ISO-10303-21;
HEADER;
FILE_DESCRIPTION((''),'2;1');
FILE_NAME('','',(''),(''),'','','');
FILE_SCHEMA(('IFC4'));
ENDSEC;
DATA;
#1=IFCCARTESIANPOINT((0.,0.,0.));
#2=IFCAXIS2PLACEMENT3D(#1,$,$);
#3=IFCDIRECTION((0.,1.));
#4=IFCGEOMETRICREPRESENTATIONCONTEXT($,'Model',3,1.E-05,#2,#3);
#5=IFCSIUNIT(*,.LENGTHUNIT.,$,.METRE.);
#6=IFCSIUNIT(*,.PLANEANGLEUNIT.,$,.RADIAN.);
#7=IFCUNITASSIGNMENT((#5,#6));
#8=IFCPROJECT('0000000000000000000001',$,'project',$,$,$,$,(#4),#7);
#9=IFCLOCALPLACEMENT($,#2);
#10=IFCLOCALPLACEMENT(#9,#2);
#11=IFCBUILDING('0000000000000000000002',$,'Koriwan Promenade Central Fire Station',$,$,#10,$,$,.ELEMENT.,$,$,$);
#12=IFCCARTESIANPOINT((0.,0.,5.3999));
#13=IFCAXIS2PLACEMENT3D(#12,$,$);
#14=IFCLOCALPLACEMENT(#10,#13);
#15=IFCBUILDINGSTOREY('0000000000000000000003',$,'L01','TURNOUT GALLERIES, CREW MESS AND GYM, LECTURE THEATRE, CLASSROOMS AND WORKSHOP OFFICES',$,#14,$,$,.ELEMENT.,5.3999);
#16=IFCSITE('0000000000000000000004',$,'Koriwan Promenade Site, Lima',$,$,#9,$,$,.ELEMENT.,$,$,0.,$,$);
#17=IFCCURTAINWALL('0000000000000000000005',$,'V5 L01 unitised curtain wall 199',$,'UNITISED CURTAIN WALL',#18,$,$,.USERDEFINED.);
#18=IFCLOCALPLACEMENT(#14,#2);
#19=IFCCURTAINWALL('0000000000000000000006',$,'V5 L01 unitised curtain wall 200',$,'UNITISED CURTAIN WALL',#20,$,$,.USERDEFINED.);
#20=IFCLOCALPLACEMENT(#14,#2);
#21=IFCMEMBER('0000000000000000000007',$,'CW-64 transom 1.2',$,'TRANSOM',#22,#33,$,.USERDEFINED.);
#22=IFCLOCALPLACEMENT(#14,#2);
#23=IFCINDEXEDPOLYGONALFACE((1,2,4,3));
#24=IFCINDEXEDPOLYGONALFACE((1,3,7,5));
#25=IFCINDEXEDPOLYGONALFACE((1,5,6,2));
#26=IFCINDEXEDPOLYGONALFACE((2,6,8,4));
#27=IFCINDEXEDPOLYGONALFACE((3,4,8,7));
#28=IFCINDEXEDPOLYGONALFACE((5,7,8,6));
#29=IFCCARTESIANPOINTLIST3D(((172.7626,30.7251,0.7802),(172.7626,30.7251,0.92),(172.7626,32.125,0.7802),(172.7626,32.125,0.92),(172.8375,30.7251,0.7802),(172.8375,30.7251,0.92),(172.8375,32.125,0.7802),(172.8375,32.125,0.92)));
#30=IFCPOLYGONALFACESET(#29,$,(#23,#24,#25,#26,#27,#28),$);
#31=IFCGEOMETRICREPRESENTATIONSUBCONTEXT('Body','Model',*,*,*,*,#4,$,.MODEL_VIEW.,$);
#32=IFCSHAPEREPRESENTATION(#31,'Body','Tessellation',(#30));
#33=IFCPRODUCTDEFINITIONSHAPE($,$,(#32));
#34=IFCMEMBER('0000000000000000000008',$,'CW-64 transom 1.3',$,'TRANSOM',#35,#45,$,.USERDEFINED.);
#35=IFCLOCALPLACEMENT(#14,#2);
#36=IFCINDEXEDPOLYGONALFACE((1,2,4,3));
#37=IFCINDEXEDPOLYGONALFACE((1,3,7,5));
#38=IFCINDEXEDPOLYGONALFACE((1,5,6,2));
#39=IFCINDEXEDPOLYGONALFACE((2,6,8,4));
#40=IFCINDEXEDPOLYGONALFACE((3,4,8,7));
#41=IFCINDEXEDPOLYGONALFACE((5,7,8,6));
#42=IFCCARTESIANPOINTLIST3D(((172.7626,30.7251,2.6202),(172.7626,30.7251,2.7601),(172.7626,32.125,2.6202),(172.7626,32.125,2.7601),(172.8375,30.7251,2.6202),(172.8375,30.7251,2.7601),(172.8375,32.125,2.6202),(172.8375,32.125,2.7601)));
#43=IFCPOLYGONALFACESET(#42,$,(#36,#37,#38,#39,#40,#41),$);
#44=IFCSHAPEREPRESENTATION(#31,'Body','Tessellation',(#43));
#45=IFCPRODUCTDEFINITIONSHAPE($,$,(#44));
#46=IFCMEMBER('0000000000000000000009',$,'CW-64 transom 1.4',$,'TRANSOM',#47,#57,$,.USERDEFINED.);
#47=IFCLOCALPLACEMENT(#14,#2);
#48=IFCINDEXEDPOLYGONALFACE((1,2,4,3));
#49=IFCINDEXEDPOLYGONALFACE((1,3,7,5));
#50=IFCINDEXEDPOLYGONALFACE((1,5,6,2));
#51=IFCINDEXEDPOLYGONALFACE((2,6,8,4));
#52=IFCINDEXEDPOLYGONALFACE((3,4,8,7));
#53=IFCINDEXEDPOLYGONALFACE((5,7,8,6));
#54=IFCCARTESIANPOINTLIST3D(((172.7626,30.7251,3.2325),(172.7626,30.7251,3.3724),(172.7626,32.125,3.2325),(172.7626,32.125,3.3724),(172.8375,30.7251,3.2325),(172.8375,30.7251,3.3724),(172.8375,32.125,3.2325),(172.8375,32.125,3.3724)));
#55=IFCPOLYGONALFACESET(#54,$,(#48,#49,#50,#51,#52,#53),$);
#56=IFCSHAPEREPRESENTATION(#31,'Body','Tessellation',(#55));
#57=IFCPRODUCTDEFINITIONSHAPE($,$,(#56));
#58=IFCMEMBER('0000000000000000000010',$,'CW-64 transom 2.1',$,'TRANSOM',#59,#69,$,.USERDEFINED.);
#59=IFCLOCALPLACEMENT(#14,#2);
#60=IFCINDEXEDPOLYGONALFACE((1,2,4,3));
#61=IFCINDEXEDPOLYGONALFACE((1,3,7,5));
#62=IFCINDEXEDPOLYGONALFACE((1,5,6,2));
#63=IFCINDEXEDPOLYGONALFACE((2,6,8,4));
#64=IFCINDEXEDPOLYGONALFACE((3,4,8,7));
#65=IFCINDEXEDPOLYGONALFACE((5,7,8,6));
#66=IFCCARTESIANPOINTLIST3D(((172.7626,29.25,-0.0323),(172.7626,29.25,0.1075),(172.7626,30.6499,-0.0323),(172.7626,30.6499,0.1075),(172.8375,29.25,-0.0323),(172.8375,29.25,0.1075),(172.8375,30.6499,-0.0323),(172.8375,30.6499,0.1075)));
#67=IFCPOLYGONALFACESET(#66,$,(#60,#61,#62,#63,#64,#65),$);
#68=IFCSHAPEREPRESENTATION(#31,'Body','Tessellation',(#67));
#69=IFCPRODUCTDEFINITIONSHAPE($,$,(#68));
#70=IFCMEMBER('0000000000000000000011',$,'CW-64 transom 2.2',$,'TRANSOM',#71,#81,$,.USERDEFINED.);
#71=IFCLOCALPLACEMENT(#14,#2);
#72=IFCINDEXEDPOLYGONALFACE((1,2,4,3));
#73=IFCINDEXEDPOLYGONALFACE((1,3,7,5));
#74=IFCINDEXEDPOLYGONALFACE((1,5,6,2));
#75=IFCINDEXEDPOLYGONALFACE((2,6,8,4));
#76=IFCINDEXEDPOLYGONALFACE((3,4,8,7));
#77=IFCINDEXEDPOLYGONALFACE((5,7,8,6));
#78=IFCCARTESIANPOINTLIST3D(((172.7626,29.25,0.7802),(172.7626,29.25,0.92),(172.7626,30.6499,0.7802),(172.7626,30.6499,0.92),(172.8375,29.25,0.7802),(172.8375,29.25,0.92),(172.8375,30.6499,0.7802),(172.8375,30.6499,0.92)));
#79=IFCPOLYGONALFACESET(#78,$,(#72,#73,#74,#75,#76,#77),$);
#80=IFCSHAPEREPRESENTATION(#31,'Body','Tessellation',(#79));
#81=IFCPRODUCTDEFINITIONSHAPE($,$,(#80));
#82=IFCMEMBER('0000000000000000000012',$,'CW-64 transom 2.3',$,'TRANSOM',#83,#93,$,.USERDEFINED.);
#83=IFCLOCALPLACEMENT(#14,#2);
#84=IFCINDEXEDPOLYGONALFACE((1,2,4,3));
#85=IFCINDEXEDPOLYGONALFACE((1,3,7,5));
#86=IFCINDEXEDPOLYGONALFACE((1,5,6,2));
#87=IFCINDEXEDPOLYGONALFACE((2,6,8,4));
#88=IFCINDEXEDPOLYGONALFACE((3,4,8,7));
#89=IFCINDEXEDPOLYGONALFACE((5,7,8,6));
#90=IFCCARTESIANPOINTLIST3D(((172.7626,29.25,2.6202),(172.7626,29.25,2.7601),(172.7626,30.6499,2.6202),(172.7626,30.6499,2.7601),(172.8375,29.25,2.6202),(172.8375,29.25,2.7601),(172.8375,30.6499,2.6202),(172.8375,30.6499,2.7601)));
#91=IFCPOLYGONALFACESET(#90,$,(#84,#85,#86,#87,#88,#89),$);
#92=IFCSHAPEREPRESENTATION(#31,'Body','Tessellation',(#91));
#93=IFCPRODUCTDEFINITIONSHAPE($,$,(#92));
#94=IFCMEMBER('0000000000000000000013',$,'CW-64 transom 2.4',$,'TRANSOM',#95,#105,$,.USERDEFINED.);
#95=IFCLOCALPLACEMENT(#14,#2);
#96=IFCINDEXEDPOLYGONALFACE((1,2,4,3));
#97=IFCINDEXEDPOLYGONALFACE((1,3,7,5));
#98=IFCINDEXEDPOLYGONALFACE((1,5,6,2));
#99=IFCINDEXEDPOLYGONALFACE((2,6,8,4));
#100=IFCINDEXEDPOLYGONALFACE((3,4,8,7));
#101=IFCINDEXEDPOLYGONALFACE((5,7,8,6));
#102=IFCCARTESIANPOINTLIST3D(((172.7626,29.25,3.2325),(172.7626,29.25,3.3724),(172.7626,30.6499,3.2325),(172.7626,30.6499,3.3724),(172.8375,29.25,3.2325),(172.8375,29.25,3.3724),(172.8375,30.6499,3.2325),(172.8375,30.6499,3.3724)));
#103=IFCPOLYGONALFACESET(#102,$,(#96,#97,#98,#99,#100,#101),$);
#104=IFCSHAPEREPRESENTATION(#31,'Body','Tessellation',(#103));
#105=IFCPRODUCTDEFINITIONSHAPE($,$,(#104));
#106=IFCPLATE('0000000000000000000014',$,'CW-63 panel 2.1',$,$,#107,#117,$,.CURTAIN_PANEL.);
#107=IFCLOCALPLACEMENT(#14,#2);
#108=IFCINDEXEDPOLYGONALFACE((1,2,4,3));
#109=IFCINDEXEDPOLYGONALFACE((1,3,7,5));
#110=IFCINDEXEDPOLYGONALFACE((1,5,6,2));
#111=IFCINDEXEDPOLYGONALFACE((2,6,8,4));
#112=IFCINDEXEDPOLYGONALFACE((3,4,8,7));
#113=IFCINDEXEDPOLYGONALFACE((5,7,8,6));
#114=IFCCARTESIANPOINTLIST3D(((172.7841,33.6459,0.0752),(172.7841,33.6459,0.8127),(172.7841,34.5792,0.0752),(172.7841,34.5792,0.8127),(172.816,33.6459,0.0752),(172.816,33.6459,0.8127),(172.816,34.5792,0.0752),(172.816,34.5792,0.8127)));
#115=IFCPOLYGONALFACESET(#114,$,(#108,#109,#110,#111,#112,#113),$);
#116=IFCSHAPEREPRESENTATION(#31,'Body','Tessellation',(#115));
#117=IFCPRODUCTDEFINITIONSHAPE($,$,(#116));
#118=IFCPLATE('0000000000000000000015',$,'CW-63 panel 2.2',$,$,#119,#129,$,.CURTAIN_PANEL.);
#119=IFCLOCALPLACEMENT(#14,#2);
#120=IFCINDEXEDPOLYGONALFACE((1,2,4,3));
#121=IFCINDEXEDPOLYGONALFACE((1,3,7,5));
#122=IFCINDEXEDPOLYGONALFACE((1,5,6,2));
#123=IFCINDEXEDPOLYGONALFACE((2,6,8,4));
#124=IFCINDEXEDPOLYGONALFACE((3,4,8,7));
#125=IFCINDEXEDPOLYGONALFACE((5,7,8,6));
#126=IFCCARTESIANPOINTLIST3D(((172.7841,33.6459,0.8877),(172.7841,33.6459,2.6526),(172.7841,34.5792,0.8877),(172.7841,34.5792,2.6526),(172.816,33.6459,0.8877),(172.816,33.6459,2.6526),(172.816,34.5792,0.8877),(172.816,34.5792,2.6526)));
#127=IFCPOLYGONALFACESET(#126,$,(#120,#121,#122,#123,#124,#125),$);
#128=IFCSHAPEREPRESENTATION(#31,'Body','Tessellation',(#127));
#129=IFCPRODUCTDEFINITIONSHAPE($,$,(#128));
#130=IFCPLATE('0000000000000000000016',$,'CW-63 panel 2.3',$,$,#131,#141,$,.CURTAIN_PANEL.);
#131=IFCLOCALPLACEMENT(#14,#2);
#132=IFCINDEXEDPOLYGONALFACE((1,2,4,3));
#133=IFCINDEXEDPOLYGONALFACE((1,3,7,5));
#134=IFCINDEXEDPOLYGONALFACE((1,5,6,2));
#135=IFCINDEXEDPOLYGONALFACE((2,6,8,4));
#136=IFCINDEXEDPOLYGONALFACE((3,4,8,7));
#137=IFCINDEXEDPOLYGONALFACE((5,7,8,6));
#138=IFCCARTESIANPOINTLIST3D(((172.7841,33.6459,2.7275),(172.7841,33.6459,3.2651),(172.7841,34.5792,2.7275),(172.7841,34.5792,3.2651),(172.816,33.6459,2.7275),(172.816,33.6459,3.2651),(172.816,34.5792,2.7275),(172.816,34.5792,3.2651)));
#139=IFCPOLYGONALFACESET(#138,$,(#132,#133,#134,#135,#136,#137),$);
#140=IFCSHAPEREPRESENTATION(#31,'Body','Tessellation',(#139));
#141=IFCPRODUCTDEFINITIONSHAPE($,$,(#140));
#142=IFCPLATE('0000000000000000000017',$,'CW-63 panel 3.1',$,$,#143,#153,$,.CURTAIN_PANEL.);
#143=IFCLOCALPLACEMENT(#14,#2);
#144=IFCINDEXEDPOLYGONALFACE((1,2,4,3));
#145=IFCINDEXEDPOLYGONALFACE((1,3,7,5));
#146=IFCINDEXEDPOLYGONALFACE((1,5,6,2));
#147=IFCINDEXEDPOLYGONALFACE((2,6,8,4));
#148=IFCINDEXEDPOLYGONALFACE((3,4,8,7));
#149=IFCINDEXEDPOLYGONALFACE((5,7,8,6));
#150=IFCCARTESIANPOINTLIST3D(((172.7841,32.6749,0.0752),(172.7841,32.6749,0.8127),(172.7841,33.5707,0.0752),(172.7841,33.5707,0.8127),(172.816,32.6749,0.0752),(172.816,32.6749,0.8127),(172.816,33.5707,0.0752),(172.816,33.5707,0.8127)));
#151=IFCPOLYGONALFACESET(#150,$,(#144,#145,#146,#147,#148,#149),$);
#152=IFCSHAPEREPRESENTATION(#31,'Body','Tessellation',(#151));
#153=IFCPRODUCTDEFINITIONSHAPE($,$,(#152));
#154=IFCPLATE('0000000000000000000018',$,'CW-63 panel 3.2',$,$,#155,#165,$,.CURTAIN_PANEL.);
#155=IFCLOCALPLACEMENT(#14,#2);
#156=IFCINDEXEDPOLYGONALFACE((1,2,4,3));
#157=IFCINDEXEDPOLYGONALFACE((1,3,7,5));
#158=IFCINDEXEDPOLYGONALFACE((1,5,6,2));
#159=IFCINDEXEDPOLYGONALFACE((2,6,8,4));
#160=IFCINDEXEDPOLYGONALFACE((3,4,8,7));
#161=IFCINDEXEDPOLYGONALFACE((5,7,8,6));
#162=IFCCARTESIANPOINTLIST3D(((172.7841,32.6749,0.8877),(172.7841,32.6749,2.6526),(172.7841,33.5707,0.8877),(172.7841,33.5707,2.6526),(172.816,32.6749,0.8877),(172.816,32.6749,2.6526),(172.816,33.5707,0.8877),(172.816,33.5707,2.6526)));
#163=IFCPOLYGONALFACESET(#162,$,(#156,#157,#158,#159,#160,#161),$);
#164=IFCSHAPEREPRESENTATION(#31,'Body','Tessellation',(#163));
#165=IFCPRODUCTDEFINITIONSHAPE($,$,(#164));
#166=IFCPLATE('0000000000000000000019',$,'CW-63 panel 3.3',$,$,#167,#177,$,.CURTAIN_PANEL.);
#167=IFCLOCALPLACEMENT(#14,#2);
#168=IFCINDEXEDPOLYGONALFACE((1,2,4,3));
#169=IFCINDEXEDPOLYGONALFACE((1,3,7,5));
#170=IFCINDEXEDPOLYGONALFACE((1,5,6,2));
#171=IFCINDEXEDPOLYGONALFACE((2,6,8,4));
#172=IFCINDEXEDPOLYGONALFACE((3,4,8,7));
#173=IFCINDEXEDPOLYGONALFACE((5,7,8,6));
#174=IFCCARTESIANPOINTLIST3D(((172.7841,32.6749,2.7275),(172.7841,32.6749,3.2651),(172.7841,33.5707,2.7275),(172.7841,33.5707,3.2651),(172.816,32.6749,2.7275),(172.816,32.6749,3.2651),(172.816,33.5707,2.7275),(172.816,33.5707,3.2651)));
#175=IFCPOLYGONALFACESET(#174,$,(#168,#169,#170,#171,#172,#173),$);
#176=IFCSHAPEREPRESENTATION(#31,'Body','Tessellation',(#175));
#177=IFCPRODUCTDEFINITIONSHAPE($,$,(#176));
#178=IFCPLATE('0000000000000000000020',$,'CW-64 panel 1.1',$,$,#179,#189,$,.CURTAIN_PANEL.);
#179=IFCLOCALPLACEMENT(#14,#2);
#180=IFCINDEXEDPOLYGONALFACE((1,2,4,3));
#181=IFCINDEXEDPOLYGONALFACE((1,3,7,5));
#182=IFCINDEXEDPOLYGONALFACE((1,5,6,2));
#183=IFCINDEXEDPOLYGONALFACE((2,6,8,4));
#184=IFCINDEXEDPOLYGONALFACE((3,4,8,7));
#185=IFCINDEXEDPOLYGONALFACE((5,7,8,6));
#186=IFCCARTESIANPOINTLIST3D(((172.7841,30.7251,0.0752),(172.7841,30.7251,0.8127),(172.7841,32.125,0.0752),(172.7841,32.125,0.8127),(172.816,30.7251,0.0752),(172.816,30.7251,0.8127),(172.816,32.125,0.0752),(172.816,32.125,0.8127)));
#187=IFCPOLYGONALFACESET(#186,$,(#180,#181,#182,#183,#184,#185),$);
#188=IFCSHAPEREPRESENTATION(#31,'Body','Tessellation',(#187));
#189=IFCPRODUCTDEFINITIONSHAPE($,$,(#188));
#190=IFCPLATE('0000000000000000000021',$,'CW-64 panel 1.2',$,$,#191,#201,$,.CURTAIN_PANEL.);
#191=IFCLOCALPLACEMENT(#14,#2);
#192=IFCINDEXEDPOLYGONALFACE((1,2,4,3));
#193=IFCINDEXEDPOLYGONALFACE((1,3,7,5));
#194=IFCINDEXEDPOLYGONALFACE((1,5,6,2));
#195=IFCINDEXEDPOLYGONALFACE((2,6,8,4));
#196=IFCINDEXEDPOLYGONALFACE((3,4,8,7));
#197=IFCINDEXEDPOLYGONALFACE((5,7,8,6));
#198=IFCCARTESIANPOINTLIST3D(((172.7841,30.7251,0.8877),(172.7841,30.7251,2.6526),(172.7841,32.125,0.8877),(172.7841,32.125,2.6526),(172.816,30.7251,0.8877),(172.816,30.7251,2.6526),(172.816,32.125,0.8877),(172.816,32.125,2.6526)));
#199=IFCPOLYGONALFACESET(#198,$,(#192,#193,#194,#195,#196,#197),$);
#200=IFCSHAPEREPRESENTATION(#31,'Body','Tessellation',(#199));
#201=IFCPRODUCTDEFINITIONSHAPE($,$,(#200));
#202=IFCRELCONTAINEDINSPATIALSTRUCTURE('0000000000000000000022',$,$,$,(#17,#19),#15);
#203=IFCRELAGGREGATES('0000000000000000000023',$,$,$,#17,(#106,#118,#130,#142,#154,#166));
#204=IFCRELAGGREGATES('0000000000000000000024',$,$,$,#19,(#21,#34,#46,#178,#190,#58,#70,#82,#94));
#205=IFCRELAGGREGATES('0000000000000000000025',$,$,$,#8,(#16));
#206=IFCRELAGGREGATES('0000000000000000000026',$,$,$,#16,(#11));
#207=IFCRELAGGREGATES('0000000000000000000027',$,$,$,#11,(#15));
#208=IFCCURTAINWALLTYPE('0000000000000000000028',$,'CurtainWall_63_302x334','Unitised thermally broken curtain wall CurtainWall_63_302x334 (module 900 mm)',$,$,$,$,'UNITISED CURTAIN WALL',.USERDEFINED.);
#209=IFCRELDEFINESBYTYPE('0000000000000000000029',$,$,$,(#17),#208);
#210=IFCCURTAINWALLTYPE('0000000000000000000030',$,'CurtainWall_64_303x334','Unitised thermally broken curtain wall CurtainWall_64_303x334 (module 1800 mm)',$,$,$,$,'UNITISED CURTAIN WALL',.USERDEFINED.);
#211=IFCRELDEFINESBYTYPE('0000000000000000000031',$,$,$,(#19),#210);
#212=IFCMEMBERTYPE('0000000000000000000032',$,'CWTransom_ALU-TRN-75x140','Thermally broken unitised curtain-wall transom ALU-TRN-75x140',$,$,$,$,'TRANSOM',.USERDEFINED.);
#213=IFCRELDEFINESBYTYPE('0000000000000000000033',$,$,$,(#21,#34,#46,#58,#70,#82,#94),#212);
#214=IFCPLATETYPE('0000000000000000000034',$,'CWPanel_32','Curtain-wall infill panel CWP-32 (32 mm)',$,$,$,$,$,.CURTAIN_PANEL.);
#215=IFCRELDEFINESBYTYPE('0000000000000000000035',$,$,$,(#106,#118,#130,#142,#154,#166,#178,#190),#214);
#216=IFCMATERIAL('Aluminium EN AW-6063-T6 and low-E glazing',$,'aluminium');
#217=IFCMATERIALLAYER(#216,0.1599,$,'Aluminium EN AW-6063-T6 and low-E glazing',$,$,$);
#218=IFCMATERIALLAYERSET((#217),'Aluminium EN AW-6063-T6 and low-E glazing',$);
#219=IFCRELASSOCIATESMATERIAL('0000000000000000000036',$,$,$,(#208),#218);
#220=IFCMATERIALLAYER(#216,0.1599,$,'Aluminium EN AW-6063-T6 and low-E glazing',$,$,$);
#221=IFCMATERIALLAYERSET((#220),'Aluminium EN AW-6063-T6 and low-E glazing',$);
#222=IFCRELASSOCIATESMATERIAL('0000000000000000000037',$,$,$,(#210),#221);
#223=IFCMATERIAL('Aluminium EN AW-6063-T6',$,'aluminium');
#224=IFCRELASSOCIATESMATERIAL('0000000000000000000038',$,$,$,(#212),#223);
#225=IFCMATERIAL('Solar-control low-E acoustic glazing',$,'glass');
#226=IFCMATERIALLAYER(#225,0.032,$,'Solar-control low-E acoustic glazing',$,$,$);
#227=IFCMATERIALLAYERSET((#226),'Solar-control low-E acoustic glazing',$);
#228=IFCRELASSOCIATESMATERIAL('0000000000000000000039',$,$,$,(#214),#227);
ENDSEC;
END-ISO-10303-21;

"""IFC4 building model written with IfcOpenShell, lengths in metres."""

from ifc_helpers import new_model, si_unit, direction, frame, origin, origin_2d, place, context, subcontext, project, spatial, rectangle, extrude, material, layer, layer_set, material_profile, profile_set, type_object, element, aggregate, save


model = new_model("IFC4")

# Units and contexts
model_context = context("Model", 3, precision=1e-05, world=origin(), true_north=direction((0.0, 1.0)))
body_context = subcontext(model_context, "Body", "Model", "MODEL_VIEW")
ifc_project = project(units=[si_unit("LENGTHUNIT", "METRE"), si_unit("PLANEANGLEUNIT", "RADIAN")], contexts=[model_context])

# Site, building, storey
site_placement = place(None, origin())
site = spatial("IfcSite", under=ifc_project, at=site_placement, Name="Koriwan Promenade Site, Lima", CompositionType="ELEMENT", RefElevation=0.0)
building_placement = place(site_placement, origin())
building = spatial("IfcBuilding", under=site, at=building_placement, Name="Koriwan Promenade Central Fire Station", CompositionType="ELEMENT")
storey_placement = place(building_placement, frame((0.0, 0.0, 5.3999)))
storey = spatial("IfcBuildingStorey", under=building, at=storey_placement, Name="L01", Description="TURNOUT GALLERIES, CREW MESS AND GYM, LECTURE THEATRE, CLASSROOMS AND WORKSHOP OFFICES", CompositionType="ELEMENT", Elevation=5.3999)

# Curtain walls
ifc_material_1 = material(Name="Aluminium EN AW-6063-T6 and low-E glazing", Category="aluminium")
ifc_layer_1 = layer(ifc_material_1, 0.1599, Name="Aluminium EN AW-6063-T6 and low-E glazing")
ifc_layer_set_1 = layer_set([ifc_layer_1], Name="Aluminium EN AW-6063-T6 and low-E glazing")
curtain_wall_type_1 = type_object("IfcCurtainWallType", Name="CurtainWall_63_302x334", Description="Unitised thermally broken curtain wall CurtainWall_63_302x334 (module 900 mm)", ElementType="UNITISED CURTAIN WALL", PredefinedType="USERDEFINED", material=ifc_layer_set_1)
curtain_wall_1_placement = place(storey_placement, origin())
curtain_wall_1 = element("IfcCurtainWall", 1, at=curtain_wall_1_placement, inside=storey, type_object=curtain_wall_type_1, Name="V5 L01 unitised curtain wall 199", ObjectType="UNITISED CURTAIN WALL", PredefinedType="USERDEFINED")
ifc_material_2 = material(Name="Aluminium EN AW-6063-T6", Category="aluminium")
ifc_layer_2 = layer(ifc_material_1, 0.1599, Name="Aluminium EN AW-6063-T6 and low-E glazing")
ifc_layer_set_2 = layer_set([ifc_layer_2], Name="Aluminium EN AW-6063-T6 and low-E glazing")
curtain_wall_type_2 = type_object("IfcCurtainWallType", Name="CurtainWall_64_303x334", Description="Unitised thermally broken curtain wall CurtainWall_64_303x334 (module 1800 mm)", ElementType="UNITISED CURTAIN WALL", PredefinedType="USERDEFINED", material=ifc_layer_set_2)
curtain_wall_2_placement = place(storey_placement, origin())
curtain_wall_2 = element("IfcCurtainWall", 2, at=curtain_wall_2_placement, inside=storey, type_object=curtain_wall_type_2, Name="V5 L01 unitised curtain wall 200", ObjectType="UNITISED CURTAIN WALL", PredefinedType="USERDEFINED")

# Members
ifc_material_profile_1 = material_profile(ifc_material_2, rectangle(XDim=0.075, YDim=0.1399, at=origin_2d()), Name="ALU-TRN-75x140")
ifc_profile_set_1 = profile_set([ifc_material_profile_1], Name="Aluminium EN AW-6063-T6")
member_type_1 = type_object("IfcMemberType", Name="CWTransom_ALU-TRN-75x140", Description="Thermally broken unitised curtain-wall transom ALU-TRN-75x140", ElementType="TRANSOM", PredefinedType="USERDEFINED", material=ifc_profile_set_1)
member_1_placement = place(storey_placement, frame((172.8, 32.125, 0.8501), z_axis=(0.0, -1.0, 0.0), x_axis=(1.0, 0.0, 0.0)))
member_1 = element("IfcMember", 3, at=member_1_placement, type_object=member_type_1, Name="CW-64 transom 1.2", ObjectType="TRANSOM", PredefinedType="USERDEFINED", context=body_context, shape_type="SweptSolid", body=[
    extrude(rectangle(XDim=0.075, YDim=0.1399, at=origin_2d()), origin(), (0.0, 0.0, 1.0), 1.3999),
])
member_2_placement = place(storey_placement, frame((172.8, 32.125, 2.6902), z_axis=(0.0, -1.0, 0.0), x_axis=(1.0, 0.0, 0.0)))
member_2 = element("IfcMember", 4, at=member_2_placement, type_object=member_type_1, Name="CW-64 transom 1.3", ObjectType="TRANSOM", PredefinedType="USERDEFINED", context=body_context, shape_type="SweptSolid", body=[
    extrude(rectangle(XDim=0.075, YDim=0.1399, at=origin_2d()), origin(), (0.0, 0.0, 1.0), 1.3999),
])
member_3_placement = place(storey_placement, frame((172.8, 32.125, 3.3025), z_axis=(0.0, -1.0, 0.0), x_axis=(1.0, 0.0, 0.0)))
member_3 = element("IfcMember", 5, at=member_3_placement, type_object=member_type_1, Name="CW-64 transom 1.4", ObjectType="TRANSOM", PredefinedType="USERDEFINED", context=body_context, shape_type="SweptSolid", body=[
    extrude(rectangle(XDim=0.075, YDim=0.1399, at=origin_2d()), origin(), (0.0, 0.0, 1.0), 1.3999),
])
member_4_placement = place(storey_placement, frame((172.8, 30.6499, 0.0376), z_axis=(0.0, -1.0, 0.0), x_axis=(1.0, 0.0, 0.0)))
member_4 = element("IfcMember", 6, at=member_4_placement, type_object=member_type_1, Name="CW-64 transom 2.1", ObjectType="TRANSOM", PredefinedType="USERDEFINED", context=body_context, shape_type="SweptSolid", body=[
    extrude(rectangle(XDim=0.075, YDim=0.1399, at=origin_2d()), origin(), (0.0, 0.0, 1.0), 1.3999),
])
member_5_placement = place(storey_placement, frame((172.8, 30.6499, 0.8501), z_axis=(0.0, -1.0, 0.0), x_axis=(1.0, 0.0, 0.0)))
member_5 = element("IfcMember", 7, at=member_5_placement, type_object=member_type_1, Name="CW-64 transom 2.2", ObjectType="TRANSOM", PredefinedType="USERDEFINED", context=body_context, shape_type="SweptSolid", body=[
    extrude(rectangle(XDim=0.075, YDim=0.1399, at=origin_2d()), origin(), (0.0, 0.0, 1.0), 1.3999),
])
member_6_placement = place(storey_placement, frame((172.8, 30.6499, 2.6902), z_axis=(0.0, -1.0, 0.0), x_axis=(1.0, 0.0, 0.0)))
member_6 = element("IfcMember", 8, at=member_6_placement, type_object=member_type_1, Name="CW-64 transom 2.3", ObjectType="TRANSOM", PredefinedType="USERDEFINED", context=body_context, shape_type="SweptSolid", body=[
    extrude(rectangle(XDim=0.075, YDim=0.1399, at=origin_2d()), origin(), (0.0, 0.0, 1.0), 1.3999),
])
member_7_placement = place(storey_placement, frame((172.8, 30.6499, 3.3025), z_axis=(0.0, -1.0, 0.0), x_axis=(1.0, 0.0, 0.0)))
member_7 = element("IfcMember", 9, at=member_7_placement, type_object=member_type_1, Name="CW-64 transom 2.4", ObjectType="TRANSOM", PredefinedType="USERDEFINED", context=body_context, shape_type="SweptSolid", body=[
    extrude(rectangle(XDim=0.075, YDim=0.1399, at=origin_2d()), origin(), (0.0, 0.0, 1.0), 1.3999),
])

# Plates
ifc_material_3 = material(Name="Solar-control low-E acoustic glazing", Category="glass")
ifc_layer_3 = layer(ifc_material_3, 0.032, Name="Solar-control low-E acoustic glazing")
ifc_layer_set_3 = layer_set([ifc_layer_3], Name="Solar-control low-E acoustic glazing")
plate_type = type_object("IfcPlateType", Name="CWPanel_32", Description="Curtain-wall infill panel CWP-32 (32 mm)", PredefinedType="CURTAIN_PANEL", material=ifc_layer_set_3)
plate_1_placement = place(storey_placement, frame((172.8, 34.1125, 0.0752), z_axis=(0.0, 0.0, 1.0), x_axis=(0.0, -1.0, 0.0)))
plate_1 = element("IfcPlate", 10, at=plate_1_placement, type_object=plate_type, Name="CW-63 panel 2.1", PredefinedType="CURTAIN_PANEL", context=body_context, shape_type="SweptSolid", body=[
    extrude(rectangle(XDim=0.9333, YDim=0.032, at=origin_2d()), origin(), (0.0, 0.0, 1.0), 0.7375),
])
plate_2_placement = place(storey_placement, frame((172.8, 34.1125, 0.8877), z_axis=(0.0, 0.0, 1.0), x_axis=(0.0, -1.0, 0.0)))
plate_2 = element("IfcPlate", 11, at=plate_2_placement, type_object=plate_type, Name="CW-63 panel 2.2", PredefinedType="CURTAIN_PANEL", context=body_context, shape_type="SweptSolid", body=[
    extrude(rectangle(XDim=0.9333, YDim=0.032, at=origin_2d()), origin(), (0.0, 0.0, 1.0), 1.7649),
])
plate_3_placement = place(storey_placement, frame((172.8, 34.1125, 2.7275), z_axis=(0.0, 0.0, 1.0), x_axis=(0.0, -1.0, 0.0)))
plate_3 = element("IfcPlate", 12, at=plate_3_placement, type_object=plate_type, Name="CW-63 panel 2.3", PredefinedType="CURTAIN_PANEL", context=body_context, shape_type="SweptSolid", body=[
    extrude(rectangle(XDim=0.9333, YDim=0.032, at=origin_2d()), origin(), (0.0, 0.0, 1.0), 0.5376),
])
plate_4_placement = place(storey_placement, frame((172.8, 33.1228, 0.0752), z_axis=(0.0, 0.0, 1.0), x_axis=(0.0, -1.0, 0.0)))
plate_4 = element("IfcPlate", 13, at=plate_4_placement, type_object=plate_type, Name="CW-63 panel 3.1", PredefinedType="CURTAIN_PANEL", context=body_context, shape_type="SweptSolid", body=[
    extrude(rectangle(XDim=0.8958, YDim=0.032, at=origin_2d()), origin(), (0.0, 0.0, 1.0), 0.7375),
])
plate_5_placement = place(storey_placement, frame((172.8, 33.1228, 0.8877), z_axis=(0.0, 0.0, 1.0), x_axis=(0.0, -1.0, 0.0)))
plate_5 = element("IfcPlate", 14, at=plate_5_placement, type_object=plate_type, Name="CW-63 panel 3.2", PredefinedType="CURTAIN_PANEL", context=body_context, shape_type="SweptSolid", body=[
    extrude(rectangle(XDim=0.8958, YDim=0.032, at=origin_2d()), origin(), (0.0, 0.0, 1.0), 1.7649),
])
plate_6_placement = place(storey_placement, frame((172.8, 33.1228, 2.7275), z_axis=(0.0, 0.0, 1.0), x_axis=(0.0, -1.0, 0.0)))
plate_6 = element("IfcPlate", 15, at=plate_6_placement, type_object=plate_type, Name="CW-63 panel 3.3", PredefinedType="CURTAIN_PANEL", context=body_context, shape_type="SweptSolid", body=[
    extrude(rectangle(XDim=0.8958, YDim=0.032, at=origin_2d()), origin(), (0.0, 0.0, 1.0), 0.5376),
])
aggregate(curtain_wall_1, [plate_1, plate_2, plate_3, plate_4, plate_5, plate_6])
plate_7_placement = place(storey_placement, frame((172.8, 31.425, 0.0752), z_axis=(0.0, 0.0, 1.0), x_axis=(0.0, -1.0, 0.0)))
plate_7 = element("IfcPlate", 16, at=plate_7_placement, type_object=plate_type, Name="CW-64 panel 1.1", PredefinedType="CURTAIN_PANEL", context=body_context, shape_type="SweptSolid", body=[
    extrude(rectangle(XDim=1.3999, YDim=0.032, at=origin_2d()), origin(), (0.0, 0.0, 1.0), 0.7375),
])
plate_8_placement = place(storey_placement, frame((172.8, 31.425, 0.8877), z_axis=(0.0, 0.0, 1.0), x_axis=(0.0, -1.0, 0.0)))
plate_8 = element("IfcPlate", 17, at=plate_8_placement, type_object=plate_type, Name="CW-64 panel 1.2", PredefinedType="CURTAIN_PANEL", context=body_context, shape_type="SweptSolid", body=[
    extrude(rectangle(XDim=1.3999, YDim=0.032, at=origin_2d()), origin(), (0.0, 0.0, 1.0), 1.7649),
])
aggregate(curtain_wall_2, [member_1, member_2, member_3, plate_7, plate_8, member_4, member_5, member_6, member_7])

save(model, "model.ifc")
